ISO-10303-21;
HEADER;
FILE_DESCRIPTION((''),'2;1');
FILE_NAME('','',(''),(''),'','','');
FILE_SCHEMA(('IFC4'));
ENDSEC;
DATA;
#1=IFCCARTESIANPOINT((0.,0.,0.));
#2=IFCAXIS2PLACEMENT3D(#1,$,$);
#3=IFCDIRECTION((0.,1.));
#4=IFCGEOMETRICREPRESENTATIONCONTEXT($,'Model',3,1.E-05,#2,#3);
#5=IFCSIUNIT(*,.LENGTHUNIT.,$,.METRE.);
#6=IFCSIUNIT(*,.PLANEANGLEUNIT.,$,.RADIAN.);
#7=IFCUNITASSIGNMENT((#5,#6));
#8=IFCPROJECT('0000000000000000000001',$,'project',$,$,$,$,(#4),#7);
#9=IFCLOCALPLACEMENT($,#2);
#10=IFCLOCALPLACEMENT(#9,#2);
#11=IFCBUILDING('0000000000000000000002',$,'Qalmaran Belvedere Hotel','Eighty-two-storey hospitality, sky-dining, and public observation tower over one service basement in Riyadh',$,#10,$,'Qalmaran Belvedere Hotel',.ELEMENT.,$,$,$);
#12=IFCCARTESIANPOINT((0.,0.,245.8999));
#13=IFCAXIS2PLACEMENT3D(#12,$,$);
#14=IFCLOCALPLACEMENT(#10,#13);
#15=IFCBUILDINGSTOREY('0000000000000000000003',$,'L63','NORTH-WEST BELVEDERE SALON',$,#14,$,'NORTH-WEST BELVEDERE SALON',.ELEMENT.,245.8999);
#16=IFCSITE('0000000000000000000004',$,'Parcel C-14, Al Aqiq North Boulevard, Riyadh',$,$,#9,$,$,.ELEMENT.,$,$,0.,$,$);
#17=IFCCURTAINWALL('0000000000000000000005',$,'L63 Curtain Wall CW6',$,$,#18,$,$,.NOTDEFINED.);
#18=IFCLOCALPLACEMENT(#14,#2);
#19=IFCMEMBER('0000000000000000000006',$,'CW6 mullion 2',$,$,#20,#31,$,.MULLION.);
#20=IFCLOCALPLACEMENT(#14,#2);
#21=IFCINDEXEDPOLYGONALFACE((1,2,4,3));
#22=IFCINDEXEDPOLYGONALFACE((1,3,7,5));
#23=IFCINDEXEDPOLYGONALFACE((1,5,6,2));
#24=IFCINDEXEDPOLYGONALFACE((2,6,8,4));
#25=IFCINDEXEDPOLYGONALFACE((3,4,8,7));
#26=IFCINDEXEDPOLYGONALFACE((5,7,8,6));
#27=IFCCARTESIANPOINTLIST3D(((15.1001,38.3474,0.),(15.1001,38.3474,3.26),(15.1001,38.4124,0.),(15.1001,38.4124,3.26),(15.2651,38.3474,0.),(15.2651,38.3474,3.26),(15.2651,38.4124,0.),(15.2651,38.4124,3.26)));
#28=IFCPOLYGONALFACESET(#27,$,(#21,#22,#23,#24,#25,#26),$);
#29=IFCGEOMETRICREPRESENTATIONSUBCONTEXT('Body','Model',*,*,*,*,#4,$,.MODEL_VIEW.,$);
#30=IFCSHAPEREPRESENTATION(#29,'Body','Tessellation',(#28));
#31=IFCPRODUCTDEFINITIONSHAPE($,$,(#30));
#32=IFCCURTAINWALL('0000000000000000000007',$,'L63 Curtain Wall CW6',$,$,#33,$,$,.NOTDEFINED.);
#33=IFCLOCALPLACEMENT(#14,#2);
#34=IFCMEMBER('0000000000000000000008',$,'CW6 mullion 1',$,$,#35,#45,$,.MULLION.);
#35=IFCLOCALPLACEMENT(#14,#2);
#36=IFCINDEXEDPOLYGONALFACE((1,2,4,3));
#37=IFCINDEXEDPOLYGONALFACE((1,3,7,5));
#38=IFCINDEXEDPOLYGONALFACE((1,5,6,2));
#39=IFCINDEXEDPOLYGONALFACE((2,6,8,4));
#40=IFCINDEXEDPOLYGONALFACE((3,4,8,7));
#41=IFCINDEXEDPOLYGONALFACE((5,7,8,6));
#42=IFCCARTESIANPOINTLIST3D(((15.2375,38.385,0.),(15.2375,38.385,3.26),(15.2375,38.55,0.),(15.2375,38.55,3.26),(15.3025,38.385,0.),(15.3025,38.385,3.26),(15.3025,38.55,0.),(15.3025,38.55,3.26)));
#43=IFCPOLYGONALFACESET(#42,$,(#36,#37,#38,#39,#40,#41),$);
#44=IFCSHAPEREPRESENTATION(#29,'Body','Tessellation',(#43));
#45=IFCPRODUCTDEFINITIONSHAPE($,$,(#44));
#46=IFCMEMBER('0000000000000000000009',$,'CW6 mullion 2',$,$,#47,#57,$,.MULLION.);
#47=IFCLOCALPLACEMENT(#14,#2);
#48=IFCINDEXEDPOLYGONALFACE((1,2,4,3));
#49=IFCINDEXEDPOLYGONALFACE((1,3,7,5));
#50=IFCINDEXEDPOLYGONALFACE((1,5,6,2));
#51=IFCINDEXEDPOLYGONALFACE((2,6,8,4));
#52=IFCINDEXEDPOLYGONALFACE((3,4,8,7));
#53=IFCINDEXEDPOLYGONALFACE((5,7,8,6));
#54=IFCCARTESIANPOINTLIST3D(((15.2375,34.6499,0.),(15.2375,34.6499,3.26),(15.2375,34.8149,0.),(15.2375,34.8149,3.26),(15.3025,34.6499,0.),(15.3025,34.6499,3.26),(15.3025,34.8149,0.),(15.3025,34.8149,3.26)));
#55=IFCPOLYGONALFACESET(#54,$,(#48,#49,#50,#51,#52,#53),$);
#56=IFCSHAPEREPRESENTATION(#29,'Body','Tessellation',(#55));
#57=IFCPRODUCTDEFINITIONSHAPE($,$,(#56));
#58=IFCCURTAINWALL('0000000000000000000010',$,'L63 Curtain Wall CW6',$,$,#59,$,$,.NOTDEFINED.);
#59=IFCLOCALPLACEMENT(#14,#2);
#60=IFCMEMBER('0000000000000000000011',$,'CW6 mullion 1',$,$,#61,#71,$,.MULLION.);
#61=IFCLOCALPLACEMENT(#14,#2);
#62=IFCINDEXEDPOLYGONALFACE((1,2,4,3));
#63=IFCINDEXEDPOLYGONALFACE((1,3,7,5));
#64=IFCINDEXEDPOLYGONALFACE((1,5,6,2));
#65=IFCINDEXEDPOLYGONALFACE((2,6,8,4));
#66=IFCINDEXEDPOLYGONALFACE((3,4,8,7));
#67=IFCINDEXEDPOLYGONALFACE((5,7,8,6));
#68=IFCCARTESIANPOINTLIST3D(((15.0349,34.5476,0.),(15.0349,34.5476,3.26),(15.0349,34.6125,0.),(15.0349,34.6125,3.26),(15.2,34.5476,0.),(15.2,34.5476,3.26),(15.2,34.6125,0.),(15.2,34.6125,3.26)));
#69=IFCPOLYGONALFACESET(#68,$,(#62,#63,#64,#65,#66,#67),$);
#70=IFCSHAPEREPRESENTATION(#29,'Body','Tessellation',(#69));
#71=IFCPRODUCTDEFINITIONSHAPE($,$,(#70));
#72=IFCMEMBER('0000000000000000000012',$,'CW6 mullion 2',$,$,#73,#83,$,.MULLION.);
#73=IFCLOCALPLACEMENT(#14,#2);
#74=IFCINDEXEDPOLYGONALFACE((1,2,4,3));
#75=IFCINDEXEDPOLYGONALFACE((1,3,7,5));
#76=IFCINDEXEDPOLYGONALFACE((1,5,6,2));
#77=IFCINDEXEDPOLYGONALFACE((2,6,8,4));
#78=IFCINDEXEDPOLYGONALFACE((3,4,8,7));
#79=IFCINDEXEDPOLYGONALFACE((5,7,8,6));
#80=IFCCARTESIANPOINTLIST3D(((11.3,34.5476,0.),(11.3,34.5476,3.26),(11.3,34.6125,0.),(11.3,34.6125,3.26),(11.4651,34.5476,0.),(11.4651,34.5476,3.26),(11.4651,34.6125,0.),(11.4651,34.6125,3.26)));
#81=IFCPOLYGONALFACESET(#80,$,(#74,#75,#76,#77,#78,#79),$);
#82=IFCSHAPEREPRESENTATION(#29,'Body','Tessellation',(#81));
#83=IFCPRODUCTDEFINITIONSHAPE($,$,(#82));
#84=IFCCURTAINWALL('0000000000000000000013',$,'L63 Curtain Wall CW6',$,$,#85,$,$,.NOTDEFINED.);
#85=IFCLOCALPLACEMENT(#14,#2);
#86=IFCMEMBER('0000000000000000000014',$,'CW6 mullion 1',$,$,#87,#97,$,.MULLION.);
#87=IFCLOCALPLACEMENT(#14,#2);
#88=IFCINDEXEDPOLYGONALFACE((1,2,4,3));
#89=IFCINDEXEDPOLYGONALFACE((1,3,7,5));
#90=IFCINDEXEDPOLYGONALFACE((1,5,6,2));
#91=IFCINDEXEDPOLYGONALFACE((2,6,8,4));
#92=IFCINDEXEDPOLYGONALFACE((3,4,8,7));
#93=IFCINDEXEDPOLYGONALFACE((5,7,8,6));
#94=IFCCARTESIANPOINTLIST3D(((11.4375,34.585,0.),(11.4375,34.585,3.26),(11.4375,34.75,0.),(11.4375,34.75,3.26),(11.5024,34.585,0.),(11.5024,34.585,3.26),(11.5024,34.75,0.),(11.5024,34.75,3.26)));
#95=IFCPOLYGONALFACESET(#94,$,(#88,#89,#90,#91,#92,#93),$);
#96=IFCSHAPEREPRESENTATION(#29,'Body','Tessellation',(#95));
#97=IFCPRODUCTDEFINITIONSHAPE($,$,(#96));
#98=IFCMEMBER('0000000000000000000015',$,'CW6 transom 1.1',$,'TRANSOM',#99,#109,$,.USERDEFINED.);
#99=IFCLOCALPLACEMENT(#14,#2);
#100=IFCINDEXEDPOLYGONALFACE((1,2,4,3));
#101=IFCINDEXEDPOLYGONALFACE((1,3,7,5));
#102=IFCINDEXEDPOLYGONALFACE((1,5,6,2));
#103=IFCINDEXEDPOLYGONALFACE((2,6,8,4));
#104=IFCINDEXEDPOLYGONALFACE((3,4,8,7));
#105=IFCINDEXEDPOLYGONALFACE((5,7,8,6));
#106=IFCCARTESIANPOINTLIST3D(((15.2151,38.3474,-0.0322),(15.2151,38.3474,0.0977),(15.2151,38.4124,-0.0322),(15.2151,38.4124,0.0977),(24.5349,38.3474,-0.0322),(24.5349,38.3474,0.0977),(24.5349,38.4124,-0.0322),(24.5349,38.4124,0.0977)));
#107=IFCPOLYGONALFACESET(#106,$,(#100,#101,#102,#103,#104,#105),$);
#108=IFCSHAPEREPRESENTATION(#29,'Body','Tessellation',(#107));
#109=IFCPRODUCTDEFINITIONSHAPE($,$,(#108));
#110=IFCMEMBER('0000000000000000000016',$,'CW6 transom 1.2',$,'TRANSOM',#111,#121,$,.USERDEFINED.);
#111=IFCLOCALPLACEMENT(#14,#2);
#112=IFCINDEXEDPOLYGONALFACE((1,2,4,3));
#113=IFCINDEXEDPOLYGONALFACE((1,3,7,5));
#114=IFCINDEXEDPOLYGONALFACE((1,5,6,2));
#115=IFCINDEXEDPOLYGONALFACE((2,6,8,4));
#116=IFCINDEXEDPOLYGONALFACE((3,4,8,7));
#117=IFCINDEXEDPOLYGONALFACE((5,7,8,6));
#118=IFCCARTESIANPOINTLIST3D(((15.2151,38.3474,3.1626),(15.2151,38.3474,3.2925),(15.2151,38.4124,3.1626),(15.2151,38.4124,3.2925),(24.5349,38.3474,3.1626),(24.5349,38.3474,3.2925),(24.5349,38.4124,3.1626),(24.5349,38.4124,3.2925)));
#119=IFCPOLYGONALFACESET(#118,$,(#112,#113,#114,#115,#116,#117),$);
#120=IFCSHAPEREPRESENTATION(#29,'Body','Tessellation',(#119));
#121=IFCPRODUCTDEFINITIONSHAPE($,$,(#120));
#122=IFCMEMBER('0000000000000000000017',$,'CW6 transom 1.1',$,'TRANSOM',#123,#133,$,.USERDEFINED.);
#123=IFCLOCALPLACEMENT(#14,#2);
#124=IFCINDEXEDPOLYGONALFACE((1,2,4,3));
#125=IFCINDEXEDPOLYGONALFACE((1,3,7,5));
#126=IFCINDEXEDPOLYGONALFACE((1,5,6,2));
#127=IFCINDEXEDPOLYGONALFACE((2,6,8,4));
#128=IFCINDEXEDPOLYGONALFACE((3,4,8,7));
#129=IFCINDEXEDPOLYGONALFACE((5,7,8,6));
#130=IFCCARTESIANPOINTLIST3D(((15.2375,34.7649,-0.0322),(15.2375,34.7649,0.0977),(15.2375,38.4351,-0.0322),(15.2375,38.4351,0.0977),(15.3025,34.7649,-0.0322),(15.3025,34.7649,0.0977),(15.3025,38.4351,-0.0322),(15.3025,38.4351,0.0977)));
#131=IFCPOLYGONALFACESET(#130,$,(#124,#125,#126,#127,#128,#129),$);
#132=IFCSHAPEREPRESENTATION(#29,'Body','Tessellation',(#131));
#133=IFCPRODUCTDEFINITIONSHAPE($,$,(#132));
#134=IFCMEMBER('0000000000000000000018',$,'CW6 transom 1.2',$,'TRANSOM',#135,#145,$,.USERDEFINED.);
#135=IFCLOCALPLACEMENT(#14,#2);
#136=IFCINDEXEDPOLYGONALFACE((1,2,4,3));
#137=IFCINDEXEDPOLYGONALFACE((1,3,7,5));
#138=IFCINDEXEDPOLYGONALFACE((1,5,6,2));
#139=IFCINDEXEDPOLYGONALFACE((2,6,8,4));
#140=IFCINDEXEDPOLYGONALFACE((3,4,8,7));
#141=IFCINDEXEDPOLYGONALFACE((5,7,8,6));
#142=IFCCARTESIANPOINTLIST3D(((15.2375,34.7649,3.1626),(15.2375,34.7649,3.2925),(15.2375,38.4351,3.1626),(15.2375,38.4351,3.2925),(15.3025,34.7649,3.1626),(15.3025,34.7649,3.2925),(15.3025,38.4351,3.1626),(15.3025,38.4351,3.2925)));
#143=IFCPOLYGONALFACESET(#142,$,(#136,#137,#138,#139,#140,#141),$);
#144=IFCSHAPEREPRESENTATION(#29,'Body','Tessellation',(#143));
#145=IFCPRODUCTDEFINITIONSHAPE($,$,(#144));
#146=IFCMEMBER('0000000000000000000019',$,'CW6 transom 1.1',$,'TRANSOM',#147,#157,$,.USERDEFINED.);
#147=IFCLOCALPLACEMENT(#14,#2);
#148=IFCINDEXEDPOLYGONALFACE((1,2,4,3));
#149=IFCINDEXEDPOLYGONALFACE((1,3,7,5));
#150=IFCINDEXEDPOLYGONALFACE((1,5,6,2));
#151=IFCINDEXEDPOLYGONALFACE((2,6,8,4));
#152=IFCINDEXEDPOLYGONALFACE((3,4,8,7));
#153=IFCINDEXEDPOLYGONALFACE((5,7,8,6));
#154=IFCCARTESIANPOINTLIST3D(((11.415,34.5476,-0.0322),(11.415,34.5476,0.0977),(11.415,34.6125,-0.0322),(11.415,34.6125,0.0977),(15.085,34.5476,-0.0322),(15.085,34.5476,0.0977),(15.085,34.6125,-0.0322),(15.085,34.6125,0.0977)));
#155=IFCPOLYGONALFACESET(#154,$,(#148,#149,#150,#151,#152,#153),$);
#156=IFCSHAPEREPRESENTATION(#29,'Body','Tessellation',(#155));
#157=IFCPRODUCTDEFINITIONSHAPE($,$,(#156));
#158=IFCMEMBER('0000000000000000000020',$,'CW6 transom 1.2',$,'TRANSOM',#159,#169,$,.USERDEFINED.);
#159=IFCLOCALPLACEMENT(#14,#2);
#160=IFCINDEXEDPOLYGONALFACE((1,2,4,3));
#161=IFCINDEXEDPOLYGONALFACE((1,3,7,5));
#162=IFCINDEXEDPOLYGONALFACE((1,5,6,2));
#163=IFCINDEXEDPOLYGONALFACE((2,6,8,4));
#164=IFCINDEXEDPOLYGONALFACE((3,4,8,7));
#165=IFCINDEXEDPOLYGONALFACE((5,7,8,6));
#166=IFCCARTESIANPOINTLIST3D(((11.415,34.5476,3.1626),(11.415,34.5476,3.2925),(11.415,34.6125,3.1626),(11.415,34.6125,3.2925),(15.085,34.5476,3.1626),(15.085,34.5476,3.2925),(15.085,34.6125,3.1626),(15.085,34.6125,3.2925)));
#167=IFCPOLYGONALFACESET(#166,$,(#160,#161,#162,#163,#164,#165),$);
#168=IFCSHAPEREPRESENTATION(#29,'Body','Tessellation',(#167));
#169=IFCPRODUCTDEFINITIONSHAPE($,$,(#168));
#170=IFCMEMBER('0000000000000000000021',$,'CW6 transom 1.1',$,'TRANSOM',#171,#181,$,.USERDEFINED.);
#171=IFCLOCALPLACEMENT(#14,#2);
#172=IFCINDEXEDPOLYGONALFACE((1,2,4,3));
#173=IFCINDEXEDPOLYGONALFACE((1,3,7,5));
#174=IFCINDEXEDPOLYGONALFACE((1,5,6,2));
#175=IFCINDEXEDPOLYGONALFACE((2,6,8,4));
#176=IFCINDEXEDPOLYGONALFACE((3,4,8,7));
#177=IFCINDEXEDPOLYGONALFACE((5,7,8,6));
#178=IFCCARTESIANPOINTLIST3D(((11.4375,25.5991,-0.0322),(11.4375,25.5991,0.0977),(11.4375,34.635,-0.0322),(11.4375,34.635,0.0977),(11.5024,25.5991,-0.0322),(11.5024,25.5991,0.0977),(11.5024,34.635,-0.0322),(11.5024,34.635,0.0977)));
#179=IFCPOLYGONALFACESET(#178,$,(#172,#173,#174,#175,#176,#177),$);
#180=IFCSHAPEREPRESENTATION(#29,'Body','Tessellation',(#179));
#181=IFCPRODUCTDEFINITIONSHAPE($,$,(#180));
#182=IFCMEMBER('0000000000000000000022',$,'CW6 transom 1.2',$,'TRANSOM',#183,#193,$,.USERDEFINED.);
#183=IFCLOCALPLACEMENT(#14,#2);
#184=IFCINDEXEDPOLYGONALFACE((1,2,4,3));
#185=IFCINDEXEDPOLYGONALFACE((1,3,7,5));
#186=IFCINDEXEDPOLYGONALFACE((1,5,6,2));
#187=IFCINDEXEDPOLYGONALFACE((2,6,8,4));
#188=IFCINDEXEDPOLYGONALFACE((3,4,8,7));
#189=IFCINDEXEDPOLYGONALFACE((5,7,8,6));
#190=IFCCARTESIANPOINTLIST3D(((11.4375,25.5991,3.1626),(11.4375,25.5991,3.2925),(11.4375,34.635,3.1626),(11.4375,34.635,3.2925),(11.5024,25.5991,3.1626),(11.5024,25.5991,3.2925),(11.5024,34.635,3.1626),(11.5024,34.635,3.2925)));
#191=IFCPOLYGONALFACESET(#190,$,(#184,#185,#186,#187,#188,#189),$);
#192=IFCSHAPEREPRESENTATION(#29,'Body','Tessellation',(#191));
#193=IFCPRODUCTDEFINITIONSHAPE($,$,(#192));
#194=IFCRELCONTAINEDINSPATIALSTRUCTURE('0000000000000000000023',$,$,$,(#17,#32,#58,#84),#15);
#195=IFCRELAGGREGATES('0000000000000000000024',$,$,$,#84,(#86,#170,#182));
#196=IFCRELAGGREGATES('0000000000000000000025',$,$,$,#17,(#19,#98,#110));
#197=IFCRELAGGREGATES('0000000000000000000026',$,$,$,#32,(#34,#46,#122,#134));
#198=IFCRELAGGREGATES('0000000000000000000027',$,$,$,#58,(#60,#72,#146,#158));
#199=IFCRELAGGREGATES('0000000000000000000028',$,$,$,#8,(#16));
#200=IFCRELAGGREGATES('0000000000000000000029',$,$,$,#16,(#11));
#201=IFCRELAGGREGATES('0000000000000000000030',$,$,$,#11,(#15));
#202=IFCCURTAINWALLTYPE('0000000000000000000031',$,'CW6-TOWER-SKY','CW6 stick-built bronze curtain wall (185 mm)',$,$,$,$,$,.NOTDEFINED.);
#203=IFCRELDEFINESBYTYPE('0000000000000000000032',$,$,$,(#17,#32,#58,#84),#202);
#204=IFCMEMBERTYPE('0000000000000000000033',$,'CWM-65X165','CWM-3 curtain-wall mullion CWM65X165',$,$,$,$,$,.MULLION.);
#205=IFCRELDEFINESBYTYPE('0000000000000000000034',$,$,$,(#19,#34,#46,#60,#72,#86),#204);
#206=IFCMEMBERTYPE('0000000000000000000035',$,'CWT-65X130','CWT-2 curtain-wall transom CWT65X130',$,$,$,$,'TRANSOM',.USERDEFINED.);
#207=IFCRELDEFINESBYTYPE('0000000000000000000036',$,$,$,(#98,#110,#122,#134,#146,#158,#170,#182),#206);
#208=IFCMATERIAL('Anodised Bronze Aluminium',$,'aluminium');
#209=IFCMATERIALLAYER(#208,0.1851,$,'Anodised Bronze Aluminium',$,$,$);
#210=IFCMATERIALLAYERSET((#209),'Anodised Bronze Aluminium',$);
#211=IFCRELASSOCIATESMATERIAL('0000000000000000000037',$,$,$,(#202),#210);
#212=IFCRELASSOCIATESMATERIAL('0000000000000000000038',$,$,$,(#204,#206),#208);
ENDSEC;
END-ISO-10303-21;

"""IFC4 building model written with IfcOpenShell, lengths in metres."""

from ifc_helpers import new_model, si_unit, direction, frame, origin, origin_2d, place, context, subcontext, project, spatial, rectangle, extrude, material, layer, layer_set, material_profile, profile_set, type_object, element, aggregate, save


model = new_model("IFC4")

# Units and contexts
model_context = context("Model", 3, precision=1e-05, world=origin(), true_north=direction((0.0, 1.0)))
body_context = subcontext(model_context, "Body", "Model", "MODEL_VIEW")
ifc_project = project(units=[si_unit("LENGTHUNIT", "METRE"), si_unit("PLANEANGLEUNIT", "RADIAN")], contexts=[model_context])

# Site, building, storey
site_placement = place(None, origin())
site = spatial("IfcSite", under=ifc_project, at=site_placement, Name="Parcel C-14, Al Aqiq North Boulevard, Riyadh", CompositionType="ELEMENT", RefElevation=0.0)
building_placement = place(site_placement, origin())
building = spatial("IfcBuilding", under=site, at=building_placement, Name="Qalmaran Belvedere Hotel", Description="Eighty-two-storey hospitality, sky-dining, and public observation tower over one service basement in Riyadh", LongName="Qalmaran Belvedere Hotel", CompositionType="ELEMENT")
storey_placement = place(building_placement, frame((0.0, 0.0, 245.8999)))
storey = spatial("IfcBuildingStorey", under=building, at=storey_placement, Name="L63", Description="NORTH-WEST BELVEDERE SALON", LongName="NORTH-WEST BELVEDERE SALON", CompositionType="ELEMENT", Elevation=245.8999)

# Curtain walls, members
ifc_material_1 = material(Name="Anodised Bronze Aluminium", Category="aluminium")
ifc_layer_1 = layer(ifc_material_1, 0.1851, Name="Anodised Bronze Aluminium")
ifc_layer_set_1 = layer_set([ifc_layer_1], Name="Anodised Bronze Aluminium")
curtain_wall_type = type_object("IfcCurtainWallType", Name="CW6-TOWER-SKY", Description="CW6 stick-built bronze curtain wall (185 mm)", PredefinedType="NOTDEFINED", material=ifc_layer_set_1)
curtain_wall_1_placement = place(storey_placement, origin())
curtain_wall_1 = element("IfcCurtainWall", 1, at=curtain_wall_1_placement, inside=storey, type_object=curtain_wall_type, Name="L63 Curtain Wall CW6", PredefinedType="NOTDEFINED")
ifc_material_profile_1 = material_profile(ifc_material_1, rectangle(XDim=0.0649, YDim=0.165, at=origin_2d()), Name="CWM65X165")
ifc_profile_set_1 = profile_set([ifc_material_profile_1], Name="Anodised Bronze Aluminium")
member_type_1 = type_object("IfcMemberType", Name="CWM-65X165", Description="CWM-3 curtain-wall mullion CWM65X165", PredefinedType="MULLION", material=ifc_profile_set_1)
member_1_placement = place(storey_placement, frame((15.1826, 38.3799, 0.0), z_axis=(0.0, 0.0, 1.0), x_axis=(0.0, -1.0, 0.0)))
member_1 = element("IfcMember", 2, at=member_1_placement, type_object=member_type_1, Name="CW6 mullion 2", PredefinedType="MULLION", context=body_context, shape_type="SweptSolid", body=[
    extrude(rectangle(XDim=0.0649, YDim=0.165, at=origin_2d()), origin(), (0.0, 0.0, 1.0), 3.26),
])
curtain_wall_2_placement = place(storey_placement, origin())
curtain_wall_2 = element("IfcCurtainWall", 3, at=curtain_wall_2_placement, inside=storey, type_object=curtain_wall_type, Name="L63 Curtain Wall CW6", PredefinedType="NOTDEFINED")
member_2_placement = place(storey_placement, frame((15.27, 38.4675, 0.0), z_axis=(0.0, 0.0, 1.0), x_axis=(1.0, 0.0, 0.0)))
member_2 = element("IfcMember", 4, at=member_2_placement, type_object=member_type_1, Name="CW6 mullion 1", PredefinedType="MULLION", context=body_context, shape_type="SweptSolid", body=[
    extrude(rectangle(XDim=0.0649, YDim=0.165, at=origin_2d()), origin(), (0.0, 0.0, 1.0), 3.26),
])
member_3_placement = place(storey_placement, frame((15.27, 34.7324, 0.0), z_axis=(0.0, 0.0, 1.0), x_axis=(1.0, 0.0, 0.0)))
member_3 = element("IfcMember", 5, at=member_3_placement, type_object=member_type_1, Name="CW6 mullion 2", PredefinedType="MULLION", context=body_context, shape_type="SweptSolid", body=[
    extrude(rectangle(XDim=0.0649, YDim=0.165, at=origin_2d()), origin(), (0.0, 0.0, 1.0), 3.26),
])
curtain_wall_3_placement = place(storey_placement, origin())
curtain_wall_3 = element("IfcCurtainWall", 6, at=curtain_wall_3_placement, inside=storey, type_object=curtain_wall_type, Name="L63 Curtain Wall CW6", PredefinedType="NOTDEFINED")
member_4_placement = place(storey_placement, frame((15.1174, 34.5801, 0.0), z_axis=(0.0, 0.0, 1.0), x_axis=(0.0, -1.0, 0.0)))
member_4 = element("IfcMember", 7, at=member_4_placement, type_object=member_type_1, Name="CW6 mullion 1", PredefinedType="MULLION", context=body_context, shape_type="SweptSolid", body=[
    extrude(rectangle(XDim=0.0649, YDim=0.165, at=origin_2d()), origin(), (0.0, 0.0, 1.0), 3.26),
])
member_5_placement = place(storey_placement, frame((11.3826, 34.5801, 0.0), z_axis=(0.0, 0.0, 1.0), x_axis=(0.0, -1.0, 0.0)))
member_5 = element("IfcMember", 8, at=member_5_placement, type_object=member_type_1, Name="CW6 mullion 2", PredefinedType="MULLION", context=body_context, shape_type="SweptSolid", body=[
    extrude(rectangle(XDim=0.0649, YDim=0.165, at=origin_2d()), origin(), (0.0, 0.0, 1.0), 3.26),
])

# Curtain wall, member
curtain_wall_4_placement = place(storey_placement, origin())
curtain_wall_4 = element("IfcCurtainWall", 9, at=curtain_wall_4_placement, inside=storey, type_object=curtain_wall_type, Name="L63 Curtain Wall CW6", PredefinedType="NOTDEFINED")
member_6_placement = place(storey_placement, frame((11.47, 34.6675, 0.0), z_axis=(0.0, 0.0, 1.0), x_axis=(1.0, 0.0, 0.0)))
member_6 = element("IfcMember", 10, at=member_6_placement, type_object=member_type_1, Name="CW6 mullion 1", PredefinedType="MULLION", context=body_context, shape_type="SweptSolid", body=[
    extrude(rectangle(XDim=0.0649, YDim=0.165, at=origin_2d()), origin(), (0.0, 0.0, 1.0), 3.26),
])

# Members
ifc_material_profile_2 = material_profile(ifc_material_1, rectangle(XDim=0.0649, YDim=0.1299, at=origin_2d()), Name="CWT65X130")
ifc_profile_set_2 = profile_set([ifc_material_profile_2], Name="Anodised Bronze Aluminium")
member_type_2 = type_object("IfcMemberType", Name="CWT-65X130", Description="CWT-2 curtain-wall transom CWT65X130", ElementType="TRANSOM", PredefinedType="USERDEFINED", material=ifc_profile_set_2)
member_7_placement = place(storey_placement, frame((24.5349, 38.3799, 0.0327), z_axis=(-1.0, 0.0, 0.0), x_axis=(0.0, -1.0, 0.0)))
member_7 = element("IfcMember", 11, at=member_7_placement, type_object=member_type_2, Name="CW6 transom 1.1", ObjectType="TRANSOM", PredefinedType="USERDEFINED", context=body_context, shape_type="SweptSolid", body=[
    extrude(rectangle(XDim=0.0649, YDim=0.1299, at=origin_2d()), origin(), (0.0, 0.0, 1.0), 9.3198),
])
member_8_placement = place(storey_placement, frame((24.5349, 38.3799, 3.2275), z_axis=(-1.0, 0.0, 0.0), x_axis=(0.0, -1.0, 0.0)))
member_8 = element("IfcMember", 12, at=member_8_placement, type_object=member_type_2, Name="CW6 transom 1.2", ObjectType="TRANSOM", PredefinedType="USERDEFINED", context=body_context, shape_type="SweptSolid", body=[
    extrude(rectangle(XDim=0.0649, YDim=0.1299, at=origin_2d()), origin(), (0.0, 0.0, 1.0), 9.3198),
])
member_9_placement = place(storey_placement, frame((15.27, 38.4351, 0.0327), z_axis=(0.0, -1.0, 0.0), x_axis=(1.0, 0.0, 0.0)))
member_9 = element("IfcMember", 13, at=member_9_placement, type_object=member_type_2, Name="CW6 transom 1.1", ObjectType="TRANSOM", PredefinedType="USERDEFINED", context=body_context, shape_type="SweptSolid", body=[
    extrude(rectangle(XDim=0.0649, YDim=0.1299, at=origin_2d()), origin(), (0.0, 0.0, 1.0), 3.6702),
])
member_10_placement = place(storey_placement, frame((15.27, 38.4351, 3.2275), z_axis=(0.0, -1.0, 0.0), x_axis=(1.0, 0.0, 0.0)))
member_10 = element("IfcMember", 14, at=member_10_placement, type_object=member_type_2, Name="CW6 transom 1.2", ObjectType="TRANSOM", PredefinedType="USERDEFINED", context=body_context, shape_type="SweptSolid", body=[
    extrude(rectangle(XDim=0.0649, YDim=0.1299, at=origin_2d()), origin(), (0.0, 0.0, 1.0), 3.6702),
])
member_11_placement = place(storey_placement, frame((15.085, 34.5801, 0.0327), z_axis=(-1.0, 0.0, 0.0), x_axis=(0.0, -1.0, 0.0)))
member_11 = element("IfcMember", 15, at=member_11_placement, type_object=member_type_2, Name="CW6 transom 1.1", ObjectType="TRANSOM", PredefinedType="USERDEFINED", context=body_context, shape_type="SweptSolid", body=[
    extrude(rectangle(XDim=0.0649, YDim=0.1299, at=origin_2d()), origin(), (0.0, 0.0, 1.0), 3.6699),
])
member_12_placement = place(storey_placement, frame((15.085, 34.5801, 3.2275), z_axis=(-1.0, 0.0, 0.0), x_axis=(0.0, -1.0, 0.0)))
member_12 = element("IfcMember", 16, at=member_12_placement, type_object=member_type_2, Name="CW6 transom 1.2", ObjectType="TRANSOM", PredefinedType="USERDEFINED", context=body_context, shape_type="SweptSolid", body=[
    extrude(rectangle(XDim=0.0649, YDim=0.1299, at=origin_2d()), origin(), (0.0, 0.0, 1.0), 3.6699),
])
member_13_placement = place(storey_placement, frame((11.47, 34.635, 0.0327), z_axis=(0.0, -1.0, 0.0), x_axis=(1.0, 0.0, 0.0)))
member_13 = element("IfcMember", 17, at=member_13_placement, type_object=member_type_2, Name="CW6 transom 1.1", ObjectType="TRANSOM", PredefinedType="USERDEFINED", context=body_context, shape_type="SweptSolid", body=[
    extrude(rectangle(XDim=0.0649, YDim=0.1299, at=origin_2d()), origin(), (0.0, 0.0, 1.0), 9.0359),
])
member_14_placement = place(storey_placement, frame((11.47, 34.635, 3.2275), z_axis=(0.0, -1.0, 0.0), x_axis=(1.0, 0.0, 0.0)))
member_14 = element("IfcMember", 18, at=member_14_placement, type_object=member_type_2, Name="CW6 transom 1.2", ObjectType="TRANSOM", PredefinedType="USERDEFINED", context=body_context, shape_type="SweptSolid", body=[
    extrude(rectangle(XDim=0.0649, YDim=0.1299, at=origin_2d()), origin(), (0.0, 0.0, 1.0), 9.0359),
])
aggregate(curtain_wall_4, [member_6, member_13, member_14])

aggregate(curtain_wall_1, [member_1, member_7, member_8])
aggregate(curtain_wall_2, [member_2, member_3, member_9, member_10])
aggregate(curtain_wall_3, [member_4, member_5, member_11, member_12])

save(model, "model.ifc")
